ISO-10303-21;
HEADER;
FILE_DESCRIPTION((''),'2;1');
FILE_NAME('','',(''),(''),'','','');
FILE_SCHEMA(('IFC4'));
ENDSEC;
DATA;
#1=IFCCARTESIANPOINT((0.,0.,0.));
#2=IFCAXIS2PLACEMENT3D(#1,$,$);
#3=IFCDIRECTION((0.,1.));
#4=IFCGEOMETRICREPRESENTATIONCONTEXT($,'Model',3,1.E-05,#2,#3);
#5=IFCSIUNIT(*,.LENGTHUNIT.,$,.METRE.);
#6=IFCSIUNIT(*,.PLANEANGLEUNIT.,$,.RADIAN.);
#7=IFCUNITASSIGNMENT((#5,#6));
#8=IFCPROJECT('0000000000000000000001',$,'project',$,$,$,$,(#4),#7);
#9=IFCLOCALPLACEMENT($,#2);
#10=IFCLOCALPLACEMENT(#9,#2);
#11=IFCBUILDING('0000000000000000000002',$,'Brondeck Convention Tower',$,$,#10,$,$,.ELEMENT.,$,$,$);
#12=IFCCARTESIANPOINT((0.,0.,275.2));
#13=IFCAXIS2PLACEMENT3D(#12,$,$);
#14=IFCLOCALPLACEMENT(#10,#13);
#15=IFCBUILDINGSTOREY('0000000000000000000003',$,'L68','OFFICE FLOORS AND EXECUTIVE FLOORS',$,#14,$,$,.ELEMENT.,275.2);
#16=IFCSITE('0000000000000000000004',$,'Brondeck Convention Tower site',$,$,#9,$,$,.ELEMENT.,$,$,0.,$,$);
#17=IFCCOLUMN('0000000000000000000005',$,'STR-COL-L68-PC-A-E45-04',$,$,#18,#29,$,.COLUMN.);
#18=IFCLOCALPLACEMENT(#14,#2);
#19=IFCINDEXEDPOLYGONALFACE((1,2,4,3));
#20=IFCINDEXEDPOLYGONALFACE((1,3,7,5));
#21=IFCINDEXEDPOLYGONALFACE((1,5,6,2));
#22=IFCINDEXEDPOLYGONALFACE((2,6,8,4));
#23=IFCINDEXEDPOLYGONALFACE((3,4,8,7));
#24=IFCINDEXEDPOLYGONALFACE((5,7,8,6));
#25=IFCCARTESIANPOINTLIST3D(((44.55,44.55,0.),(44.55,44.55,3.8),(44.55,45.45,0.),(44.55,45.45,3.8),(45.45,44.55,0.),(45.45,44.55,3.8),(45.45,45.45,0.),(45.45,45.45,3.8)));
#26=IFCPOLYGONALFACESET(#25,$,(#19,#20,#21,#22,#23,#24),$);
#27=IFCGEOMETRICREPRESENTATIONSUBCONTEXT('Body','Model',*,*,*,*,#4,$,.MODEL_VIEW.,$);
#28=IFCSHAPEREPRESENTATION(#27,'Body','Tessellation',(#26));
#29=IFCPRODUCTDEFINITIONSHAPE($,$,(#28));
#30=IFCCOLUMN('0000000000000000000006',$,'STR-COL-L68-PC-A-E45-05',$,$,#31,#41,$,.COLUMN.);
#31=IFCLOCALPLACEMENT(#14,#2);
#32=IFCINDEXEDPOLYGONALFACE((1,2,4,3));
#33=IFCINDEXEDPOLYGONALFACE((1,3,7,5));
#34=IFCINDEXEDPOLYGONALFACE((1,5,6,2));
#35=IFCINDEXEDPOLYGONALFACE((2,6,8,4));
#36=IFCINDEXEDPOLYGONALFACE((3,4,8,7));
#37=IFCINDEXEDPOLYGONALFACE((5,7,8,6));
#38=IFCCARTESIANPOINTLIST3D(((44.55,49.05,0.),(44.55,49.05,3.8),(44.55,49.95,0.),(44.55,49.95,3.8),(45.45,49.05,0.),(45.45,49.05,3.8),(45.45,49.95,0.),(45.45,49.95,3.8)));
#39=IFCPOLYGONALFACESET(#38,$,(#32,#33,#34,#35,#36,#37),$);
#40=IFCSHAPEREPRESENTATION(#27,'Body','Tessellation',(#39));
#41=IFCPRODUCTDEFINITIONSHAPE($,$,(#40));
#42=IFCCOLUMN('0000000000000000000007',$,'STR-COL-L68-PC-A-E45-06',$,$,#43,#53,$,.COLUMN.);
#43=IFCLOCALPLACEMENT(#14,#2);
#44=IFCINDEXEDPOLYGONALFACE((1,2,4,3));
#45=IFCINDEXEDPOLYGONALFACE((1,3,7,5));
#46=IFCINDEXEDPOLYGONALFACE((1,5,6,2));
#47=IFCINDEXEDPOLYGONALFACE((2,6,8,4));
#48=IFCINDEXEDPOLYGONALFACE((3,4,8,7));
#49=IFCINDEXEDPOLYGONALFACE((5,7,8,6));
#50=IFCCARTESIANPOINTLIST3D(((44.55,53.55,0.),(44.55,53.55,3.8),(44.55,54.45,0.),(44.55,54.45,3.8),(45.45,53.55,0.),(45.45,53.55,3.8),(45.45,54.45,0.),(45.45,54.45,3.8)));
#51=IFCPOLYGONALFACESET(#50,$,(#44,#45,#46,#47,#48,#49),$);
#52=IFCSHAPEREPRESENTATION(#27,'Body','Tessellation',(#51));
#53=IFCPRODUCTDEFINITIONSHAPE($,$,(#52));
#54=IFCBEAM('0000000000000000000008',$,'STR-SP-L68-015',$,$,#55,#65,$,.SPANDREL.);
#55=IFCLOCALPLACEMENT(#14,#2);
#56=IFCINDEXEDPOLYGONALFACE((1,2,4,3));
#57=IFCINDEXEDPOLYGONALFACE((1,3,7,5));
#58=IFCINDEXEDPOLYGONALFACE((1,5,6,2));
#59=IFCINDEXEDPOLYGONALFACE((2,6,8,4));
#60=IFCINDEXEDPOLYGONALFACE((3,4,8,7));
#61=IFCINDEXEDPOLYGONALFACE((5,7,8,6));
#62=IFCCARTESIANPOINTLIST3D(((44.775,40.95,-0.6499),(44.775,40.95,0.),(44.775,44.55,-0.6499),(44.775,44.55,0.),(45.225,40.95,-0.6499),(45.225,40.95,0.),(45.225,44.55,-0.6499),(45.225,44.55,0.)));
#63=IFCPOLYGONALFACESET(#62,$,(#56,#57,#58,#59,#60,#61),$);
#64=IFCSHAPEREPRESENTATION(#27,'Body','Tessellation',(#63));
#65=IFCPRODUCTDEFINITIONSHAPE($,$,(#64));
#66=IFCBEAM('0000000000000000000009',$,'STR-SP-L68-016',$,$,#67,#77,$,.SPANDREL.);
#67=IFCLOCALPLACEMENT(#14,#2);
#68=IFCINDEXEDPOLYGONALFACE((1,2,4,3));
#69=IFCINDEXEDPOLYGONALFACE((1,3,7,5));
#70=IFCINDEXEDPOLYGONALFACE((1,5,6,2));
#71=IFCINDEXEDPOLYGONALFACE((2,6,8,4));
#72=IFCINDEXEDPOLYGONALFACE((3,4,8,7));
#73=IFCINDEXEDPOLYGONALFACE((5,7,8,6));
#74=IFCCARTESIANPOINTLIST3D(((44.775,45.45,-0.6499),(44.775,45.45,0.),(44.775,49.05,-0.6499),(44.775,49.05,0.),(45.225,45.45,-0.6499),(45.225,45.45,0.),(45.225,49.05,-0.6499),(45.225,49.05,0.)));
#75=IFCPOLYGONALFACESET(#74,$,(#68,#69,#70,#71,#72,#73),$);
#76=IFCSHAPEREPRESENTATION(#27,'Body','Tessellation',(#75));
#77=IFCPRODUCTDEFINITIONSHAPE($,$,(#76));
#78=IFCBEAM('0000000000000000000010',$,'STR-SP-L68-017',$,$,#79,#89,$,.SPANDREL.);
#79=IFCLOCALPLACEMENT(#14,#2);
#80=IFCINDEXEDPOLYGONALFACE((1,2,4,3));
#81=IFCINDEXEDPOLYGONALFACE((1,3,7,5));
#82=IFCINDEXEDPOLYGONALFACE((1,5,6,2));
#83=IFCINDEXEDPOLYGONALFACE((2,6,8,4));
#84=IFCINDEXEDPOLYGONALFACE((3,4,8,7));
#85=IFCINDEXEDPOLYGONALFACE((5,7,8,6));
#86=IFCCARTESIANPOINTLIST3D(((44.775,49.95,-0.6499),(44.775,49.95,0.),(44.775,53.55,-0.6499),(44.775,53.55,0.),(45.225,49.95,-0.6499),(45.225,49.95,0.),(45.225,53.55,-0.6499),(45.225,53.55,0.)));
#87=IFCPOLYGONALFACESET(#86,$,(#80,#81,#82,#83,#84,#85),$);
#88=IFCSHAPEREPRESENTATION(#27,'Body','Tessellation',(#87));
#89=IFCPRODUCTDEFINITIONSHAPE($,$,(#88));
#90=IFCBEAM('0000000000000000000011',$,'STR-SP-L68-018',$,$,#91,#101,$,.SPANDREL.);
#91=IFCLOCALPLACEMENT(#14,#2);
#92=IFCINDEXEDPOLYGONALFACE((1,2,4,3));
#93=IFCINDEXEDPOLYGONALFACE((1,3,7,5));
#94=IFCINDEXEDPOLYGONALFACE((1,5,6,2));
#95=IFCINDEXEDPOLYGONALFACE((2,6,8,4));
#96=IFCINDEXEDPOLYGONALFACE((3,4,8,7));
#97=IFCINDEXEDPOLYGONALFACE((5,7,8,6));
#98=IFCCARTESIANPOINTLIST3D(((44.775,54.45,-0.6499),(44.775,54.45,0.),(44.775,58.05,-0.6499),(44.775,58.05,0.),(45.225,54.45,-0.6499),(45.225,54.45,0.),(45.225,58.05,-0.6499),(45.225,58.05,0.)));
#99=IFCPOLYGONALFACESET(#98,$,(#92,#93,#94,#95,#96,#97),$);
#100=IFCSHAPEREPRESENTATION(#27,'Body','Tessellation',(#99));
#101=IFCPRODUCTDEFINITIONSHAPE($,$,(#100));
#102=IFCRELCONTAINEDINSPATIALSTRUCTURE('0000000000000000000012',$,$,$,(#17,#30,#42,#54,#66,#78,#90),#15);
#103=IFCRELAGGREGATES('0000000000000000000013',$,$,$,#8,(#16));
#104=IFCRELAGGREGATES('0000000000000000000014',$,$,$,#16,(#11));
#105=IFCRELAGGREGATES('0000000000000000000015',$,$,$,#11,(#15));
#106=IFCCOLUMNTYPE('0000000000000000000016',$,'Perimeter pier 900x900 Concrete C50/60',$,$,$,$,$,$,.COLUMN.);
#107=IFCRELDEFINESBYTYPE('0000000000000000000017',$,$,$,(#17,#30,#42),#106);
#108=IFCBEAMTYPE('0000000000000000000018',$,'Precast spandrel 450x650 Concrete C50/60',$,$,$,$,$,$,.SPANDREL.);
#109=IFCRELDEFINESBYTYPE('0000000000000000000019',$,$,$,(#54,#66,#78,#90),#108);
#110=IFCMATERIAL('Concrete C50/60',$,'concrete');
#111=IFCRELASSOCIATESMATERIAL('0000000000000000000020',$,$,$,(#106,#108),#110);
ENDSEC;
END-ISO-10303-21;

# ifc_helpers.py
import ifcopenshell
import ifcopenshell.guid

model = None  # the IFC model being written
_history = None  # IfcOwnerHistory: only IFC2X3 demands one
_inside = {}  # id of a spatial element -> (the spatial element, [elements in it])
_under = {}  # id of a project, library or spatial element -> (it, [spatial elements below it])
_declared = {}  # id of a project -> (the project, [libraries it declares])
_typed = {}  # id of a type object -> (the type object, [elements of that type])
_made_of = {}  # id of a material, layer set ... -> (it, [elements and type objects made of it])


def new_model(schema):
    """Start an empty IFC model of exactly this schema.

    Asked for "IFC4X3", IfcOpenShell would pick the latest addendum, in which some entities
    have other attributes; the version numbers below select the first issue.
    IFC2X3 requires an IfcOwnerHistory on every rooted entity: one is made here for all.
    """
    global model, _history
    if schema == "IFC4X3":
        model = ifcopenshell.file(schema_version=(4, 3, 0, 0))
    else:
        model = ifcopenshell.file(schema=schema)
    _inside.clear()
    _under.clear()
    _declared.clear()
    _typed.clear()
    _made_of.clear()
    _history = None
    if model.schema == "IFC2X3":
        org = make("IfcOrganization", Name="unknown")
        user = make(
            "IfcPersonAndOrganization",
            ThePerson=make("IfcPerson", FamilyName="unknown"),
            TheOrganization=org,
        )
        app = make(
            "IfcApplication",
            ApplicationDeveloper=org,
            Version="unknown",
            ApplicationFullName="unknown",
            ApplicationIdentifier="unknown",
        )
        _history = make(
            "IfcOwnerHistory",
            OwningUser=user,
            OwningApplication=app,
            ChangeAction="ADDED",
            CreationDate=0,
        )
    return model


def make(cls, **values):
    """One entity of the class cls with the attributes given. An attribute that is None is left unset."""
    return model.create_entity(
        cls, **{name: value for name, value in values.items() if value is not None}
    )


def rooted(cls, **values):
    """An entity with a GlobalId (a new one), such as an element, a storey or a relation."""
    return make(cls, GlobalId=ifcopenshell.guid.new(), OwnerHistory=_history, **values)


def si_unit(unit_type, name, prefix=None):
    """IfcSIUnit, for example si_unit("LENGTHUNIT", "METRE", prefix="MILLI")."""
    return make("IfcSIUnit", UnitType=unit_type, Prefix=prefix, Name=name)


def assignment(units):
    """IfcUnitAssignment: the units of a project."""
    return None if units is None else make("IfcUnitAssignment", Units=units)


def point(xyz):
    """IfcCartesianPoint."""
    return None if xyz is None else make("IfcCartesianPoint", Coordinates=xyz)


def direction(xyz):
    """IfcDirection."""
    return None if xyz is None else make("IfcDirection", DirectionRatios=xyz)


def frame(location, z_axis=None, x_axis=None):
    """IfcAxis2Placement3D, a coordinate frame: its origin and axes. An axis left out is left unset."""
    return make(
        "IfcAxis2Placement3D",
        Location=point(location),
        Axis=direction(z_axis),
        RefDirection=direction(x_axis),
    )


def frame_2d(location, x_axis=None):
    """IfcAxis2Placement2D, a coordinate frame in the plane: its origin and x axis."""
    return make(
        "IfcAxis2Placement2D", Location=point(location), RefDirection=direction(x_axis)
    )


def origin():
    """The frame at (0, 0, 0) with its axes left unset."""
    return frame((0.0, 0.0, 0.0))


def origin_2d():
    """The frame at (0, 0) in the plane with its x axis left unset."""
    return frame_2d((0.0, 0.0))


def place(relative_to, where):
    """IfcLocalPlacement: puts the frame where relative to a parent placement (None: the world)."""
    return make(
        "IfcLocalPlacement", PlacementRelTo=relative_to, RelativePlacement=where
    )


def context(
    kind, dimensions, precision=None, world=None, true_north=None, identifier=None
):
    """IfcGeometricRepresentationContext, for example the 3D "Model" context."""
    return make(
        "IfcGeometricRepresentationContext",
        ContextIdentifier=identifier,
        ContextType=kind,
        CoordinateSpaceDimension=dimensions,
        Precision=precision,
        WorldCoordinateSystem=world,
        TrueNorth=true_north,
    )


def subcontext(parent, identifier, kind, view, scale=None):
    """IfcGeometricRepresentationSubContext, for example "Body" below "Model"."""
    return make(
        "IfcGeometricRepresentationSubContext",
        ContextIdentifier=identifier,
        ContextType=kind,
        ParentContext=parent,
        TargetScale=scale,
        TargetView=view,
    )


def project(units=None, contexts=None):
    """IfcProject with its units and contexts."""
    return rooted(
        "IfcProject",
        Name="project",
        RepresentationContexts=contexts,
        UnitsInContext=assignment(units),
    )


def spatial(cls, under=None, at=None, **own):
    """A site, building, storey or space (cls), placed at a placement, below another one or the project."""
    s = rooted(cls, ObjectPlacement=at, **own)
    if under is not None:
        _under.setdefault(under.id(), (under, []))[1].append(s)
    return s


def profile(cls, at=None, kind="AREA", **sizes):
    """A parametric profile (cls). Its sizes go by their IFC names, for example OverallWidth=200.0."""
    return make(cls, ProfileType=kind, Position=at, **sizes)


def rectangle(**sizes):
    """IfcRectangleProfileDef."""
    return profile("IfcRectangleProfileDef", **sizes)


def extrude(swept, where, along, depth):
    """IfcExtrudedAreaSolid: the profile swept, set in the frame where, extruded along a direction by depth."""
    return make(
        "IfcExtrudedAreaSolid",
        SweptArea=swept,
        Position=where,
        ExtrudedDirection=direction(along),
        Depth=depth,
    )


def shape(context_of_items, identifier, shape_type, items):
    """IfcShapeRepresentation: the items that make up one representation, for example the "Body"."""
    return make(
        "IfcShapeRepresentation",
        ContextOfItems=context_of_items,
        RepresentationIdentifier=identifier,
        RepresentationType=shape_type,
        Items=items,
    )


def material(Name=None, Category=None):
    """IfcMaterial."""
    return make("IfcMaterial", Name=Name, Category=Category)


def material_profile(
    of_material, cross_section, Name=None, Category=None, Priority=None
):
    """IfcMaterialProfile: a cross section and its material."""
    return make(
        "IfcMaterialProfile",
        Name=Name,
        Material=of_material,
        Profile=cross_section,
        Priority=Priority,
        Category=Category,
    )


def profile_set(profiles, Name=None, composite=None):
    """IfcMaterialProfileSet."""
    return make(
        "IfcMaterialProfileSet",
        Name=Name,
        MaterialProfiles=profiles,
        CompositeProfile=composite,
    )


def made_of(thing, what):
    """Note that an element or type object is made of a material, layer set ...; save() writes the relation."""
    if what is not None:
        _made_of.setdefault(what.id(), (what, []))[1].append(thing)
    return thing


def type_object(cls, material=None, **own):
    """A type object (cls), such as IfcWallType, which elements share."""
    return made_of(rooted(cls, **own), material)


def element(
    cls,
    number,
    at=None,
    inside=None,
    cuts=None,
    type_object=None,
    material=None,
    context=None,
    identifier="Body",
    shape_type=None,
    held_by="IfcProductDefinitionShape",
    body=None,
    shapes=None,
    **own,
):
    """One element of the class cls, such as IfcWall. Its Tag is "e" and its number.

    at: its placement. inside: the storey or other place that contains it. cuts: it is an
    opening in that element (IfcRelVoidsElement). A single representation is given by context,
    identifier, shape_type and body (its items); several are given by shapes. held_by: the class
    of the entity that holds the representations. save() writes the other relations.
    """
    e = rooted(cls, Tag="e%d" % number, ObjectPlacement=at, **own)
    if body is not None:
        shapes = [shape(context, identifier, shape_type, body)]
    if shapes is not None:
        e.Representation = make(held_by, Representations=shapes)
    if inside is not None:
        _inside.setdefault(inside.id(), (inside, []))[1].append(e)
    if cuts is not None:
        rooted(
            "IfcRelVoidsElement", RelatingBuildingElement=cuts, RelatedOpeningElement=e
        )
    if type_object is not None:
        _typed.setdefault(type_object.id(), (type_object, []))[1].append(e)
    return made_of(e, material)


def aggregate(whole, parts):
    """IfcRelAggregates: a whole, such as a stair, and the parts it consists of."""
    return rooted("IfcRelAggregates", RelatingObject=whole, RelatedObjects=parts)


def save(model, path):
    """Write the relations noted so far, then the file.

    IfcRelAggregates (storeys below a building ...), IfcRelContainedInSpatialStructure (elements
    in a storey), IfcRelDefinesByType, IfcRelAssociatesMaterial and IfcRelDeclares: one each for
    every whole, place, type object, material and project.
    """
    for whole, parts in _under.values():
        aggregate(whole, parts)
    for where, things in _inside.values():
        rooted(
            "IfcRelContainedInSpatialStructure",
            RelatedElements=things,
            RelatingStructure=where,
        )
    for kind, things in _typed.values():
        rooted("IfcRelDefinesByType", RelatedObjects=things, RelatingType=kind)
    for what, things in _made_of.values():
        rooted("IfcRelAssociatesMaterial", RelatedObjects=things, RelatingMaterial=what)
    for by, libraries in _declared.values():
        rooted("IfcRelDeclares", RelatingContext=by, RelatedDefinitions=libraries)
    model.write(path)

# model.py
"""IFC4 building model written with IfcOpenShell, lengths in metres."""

from ifc_helpers import new_model, si_unit, direction, frame, origin, origin_2d, place, context, subcontext, project, spatial, rectangle, extrude, material, material_profile, profile_set, type_object, element, save


model = new_model("IFC4")

# Units and contexts
model_context = context("Model", 3, precision=1e-05, world=origin(), true_north=direction((0.0, 1.0)))
body_context = subcontext(model_context, "Body", "Model", "MODEL_VIEW")
ifc_project = project(units=[si_unit("LENGTHUNIT", "METRE"), si_unit("PLANEANGLEUNIT", "RADIAN")], contexts=[model_context])

# Site, building, storey
site_placement = place(None, origin())
site = spatial("IfcSite", under=ifc_project, at=site_placement, Name="Brondeck Convention Tower site", CompositionType="ELEMENT", RefElevation=0.0)
building_placement = place(site_placement, origin())
building = spatial("IfcBuilding", under=site, at=building_placement, Name="Brondeck Convention Tower", CompositionType="ELEMENT")
storey_placement = place(building_placement, frame((0.0, 0.0, 275.2)))
storey = spatial("IfcBuildingStorey", under=building, at=storey_placement, Name="L68", Description="OFFICE FLOORS AND EXECUTIVE FLOORS", CompositionType="ELEMENT", Elevation=275.2)

# Columns
ifc_material_1 = material(Name="Concrete C50/60", Category="concrete")
ifc_material_profile_1 = material_profile(ifc_material_1, rectangle(XDim=0.8999, YDim=0.8999, at=origin_2d()), Name="Perimeter pier 900x900 Concrete C50/60")
ifc_profile_set_1 = profile_set([ifc_material_profile_1], Name="Concrete C50/60")
column_type = type_object("IfcColumnType", Name="Perimeter pier 900x900 Concrete C50/60", PredefinedType="COLUMN", material=ifc_profile_set_1)
for number, where, z_axis, x_axis, name in (
    (1, (45.0, 45.0, 0.0), (0.0, 0.0, 1.0), (0.0, 1.0, 0.0), "STR-COL-L68-PC-A-E45-04"),
    (2, (45.0, 49.5, 0.0), (0.0, 0.0, 1.0), (0.0, 1.0, 0.0), "STR-COL-L68-PC-A-E45-05"),
    (3, (45.0, 54.0, 0.0), (0.0, 0.0, 1.0), (0.0, 1.0, 0.0), "STR-COL-L68-PC-A-E45-06"),
):
    element("IfcColumn", number, at=place(storey_placement, frame(where, z_axis=z_axis, x_axis=x_axis)), inside=storey, type_object=column_type, Name=name, PredefinedType="COLUMN", context=body_context, shape_type="SweptSolid", body=[
        extrude(rectangle(XDim=0.8999, YDim=0.8999, at=origin_2d()), origin(), (0.0, 0.0, 1.0), 3.8),
    ])

# Beams
ifc_material_profile_2 = material_profile(ifc_material_1, rectangle(XDim=0.45, YDim=0.6499, at=origin_2d()), Name="Precast spandrel 450x650 Concrete C50/60")
ifc_profile_set_2 = profile_set([ifc_material_profile_2], Name="Concrete C50/60")
beam_type = type_object("IfcBeamType", Name="Precast spandrel 450x650 Concrete C50/60", PredefinedType="SPANDREL", material=ifc_profile_set_2)
for number, where, z_axis, x_axis, name in (
    (4, (45.0, 40.95, -0.325), (0.0, 1.0, 0.0), (-1.0, 0.0, 0.0), "STR-SP-L68-015"),
    (5, (45.0, 45.45, -0.325), (0.0, 1.0, 0.0), (-1.0, 0.0, 0.0), "STR-SP-L68-016"),
    (6, (45.0, 49.95, -0.325), (0.0, 1.0, 0.0), (-1.0, 0.0, 0.0), "STR-SP-L68-017"),
    (7, (45.0, 54.45, -0.325), (0.0, 1.0, 0.0), (-1.0, 0.0, 0.0), "STR-SP-L68-018"),
):
    element("IfcBeam", number, at=place(storey_placement, frame(where, z_axis=z_axis, x_axis=x_axis)), inside=storey, type_object=beam_type, Name=name, PredefinedType="SPANDREL", context=body_context, shape_type="SweptSolid", body=[
        extrude(rectangle(XDim=0.45, YDim=0.6499, at=origin_2d()), origin(), (0.0, 0.0, 1.0), 3.6001),
    ])

save(model, "model.ifc")
